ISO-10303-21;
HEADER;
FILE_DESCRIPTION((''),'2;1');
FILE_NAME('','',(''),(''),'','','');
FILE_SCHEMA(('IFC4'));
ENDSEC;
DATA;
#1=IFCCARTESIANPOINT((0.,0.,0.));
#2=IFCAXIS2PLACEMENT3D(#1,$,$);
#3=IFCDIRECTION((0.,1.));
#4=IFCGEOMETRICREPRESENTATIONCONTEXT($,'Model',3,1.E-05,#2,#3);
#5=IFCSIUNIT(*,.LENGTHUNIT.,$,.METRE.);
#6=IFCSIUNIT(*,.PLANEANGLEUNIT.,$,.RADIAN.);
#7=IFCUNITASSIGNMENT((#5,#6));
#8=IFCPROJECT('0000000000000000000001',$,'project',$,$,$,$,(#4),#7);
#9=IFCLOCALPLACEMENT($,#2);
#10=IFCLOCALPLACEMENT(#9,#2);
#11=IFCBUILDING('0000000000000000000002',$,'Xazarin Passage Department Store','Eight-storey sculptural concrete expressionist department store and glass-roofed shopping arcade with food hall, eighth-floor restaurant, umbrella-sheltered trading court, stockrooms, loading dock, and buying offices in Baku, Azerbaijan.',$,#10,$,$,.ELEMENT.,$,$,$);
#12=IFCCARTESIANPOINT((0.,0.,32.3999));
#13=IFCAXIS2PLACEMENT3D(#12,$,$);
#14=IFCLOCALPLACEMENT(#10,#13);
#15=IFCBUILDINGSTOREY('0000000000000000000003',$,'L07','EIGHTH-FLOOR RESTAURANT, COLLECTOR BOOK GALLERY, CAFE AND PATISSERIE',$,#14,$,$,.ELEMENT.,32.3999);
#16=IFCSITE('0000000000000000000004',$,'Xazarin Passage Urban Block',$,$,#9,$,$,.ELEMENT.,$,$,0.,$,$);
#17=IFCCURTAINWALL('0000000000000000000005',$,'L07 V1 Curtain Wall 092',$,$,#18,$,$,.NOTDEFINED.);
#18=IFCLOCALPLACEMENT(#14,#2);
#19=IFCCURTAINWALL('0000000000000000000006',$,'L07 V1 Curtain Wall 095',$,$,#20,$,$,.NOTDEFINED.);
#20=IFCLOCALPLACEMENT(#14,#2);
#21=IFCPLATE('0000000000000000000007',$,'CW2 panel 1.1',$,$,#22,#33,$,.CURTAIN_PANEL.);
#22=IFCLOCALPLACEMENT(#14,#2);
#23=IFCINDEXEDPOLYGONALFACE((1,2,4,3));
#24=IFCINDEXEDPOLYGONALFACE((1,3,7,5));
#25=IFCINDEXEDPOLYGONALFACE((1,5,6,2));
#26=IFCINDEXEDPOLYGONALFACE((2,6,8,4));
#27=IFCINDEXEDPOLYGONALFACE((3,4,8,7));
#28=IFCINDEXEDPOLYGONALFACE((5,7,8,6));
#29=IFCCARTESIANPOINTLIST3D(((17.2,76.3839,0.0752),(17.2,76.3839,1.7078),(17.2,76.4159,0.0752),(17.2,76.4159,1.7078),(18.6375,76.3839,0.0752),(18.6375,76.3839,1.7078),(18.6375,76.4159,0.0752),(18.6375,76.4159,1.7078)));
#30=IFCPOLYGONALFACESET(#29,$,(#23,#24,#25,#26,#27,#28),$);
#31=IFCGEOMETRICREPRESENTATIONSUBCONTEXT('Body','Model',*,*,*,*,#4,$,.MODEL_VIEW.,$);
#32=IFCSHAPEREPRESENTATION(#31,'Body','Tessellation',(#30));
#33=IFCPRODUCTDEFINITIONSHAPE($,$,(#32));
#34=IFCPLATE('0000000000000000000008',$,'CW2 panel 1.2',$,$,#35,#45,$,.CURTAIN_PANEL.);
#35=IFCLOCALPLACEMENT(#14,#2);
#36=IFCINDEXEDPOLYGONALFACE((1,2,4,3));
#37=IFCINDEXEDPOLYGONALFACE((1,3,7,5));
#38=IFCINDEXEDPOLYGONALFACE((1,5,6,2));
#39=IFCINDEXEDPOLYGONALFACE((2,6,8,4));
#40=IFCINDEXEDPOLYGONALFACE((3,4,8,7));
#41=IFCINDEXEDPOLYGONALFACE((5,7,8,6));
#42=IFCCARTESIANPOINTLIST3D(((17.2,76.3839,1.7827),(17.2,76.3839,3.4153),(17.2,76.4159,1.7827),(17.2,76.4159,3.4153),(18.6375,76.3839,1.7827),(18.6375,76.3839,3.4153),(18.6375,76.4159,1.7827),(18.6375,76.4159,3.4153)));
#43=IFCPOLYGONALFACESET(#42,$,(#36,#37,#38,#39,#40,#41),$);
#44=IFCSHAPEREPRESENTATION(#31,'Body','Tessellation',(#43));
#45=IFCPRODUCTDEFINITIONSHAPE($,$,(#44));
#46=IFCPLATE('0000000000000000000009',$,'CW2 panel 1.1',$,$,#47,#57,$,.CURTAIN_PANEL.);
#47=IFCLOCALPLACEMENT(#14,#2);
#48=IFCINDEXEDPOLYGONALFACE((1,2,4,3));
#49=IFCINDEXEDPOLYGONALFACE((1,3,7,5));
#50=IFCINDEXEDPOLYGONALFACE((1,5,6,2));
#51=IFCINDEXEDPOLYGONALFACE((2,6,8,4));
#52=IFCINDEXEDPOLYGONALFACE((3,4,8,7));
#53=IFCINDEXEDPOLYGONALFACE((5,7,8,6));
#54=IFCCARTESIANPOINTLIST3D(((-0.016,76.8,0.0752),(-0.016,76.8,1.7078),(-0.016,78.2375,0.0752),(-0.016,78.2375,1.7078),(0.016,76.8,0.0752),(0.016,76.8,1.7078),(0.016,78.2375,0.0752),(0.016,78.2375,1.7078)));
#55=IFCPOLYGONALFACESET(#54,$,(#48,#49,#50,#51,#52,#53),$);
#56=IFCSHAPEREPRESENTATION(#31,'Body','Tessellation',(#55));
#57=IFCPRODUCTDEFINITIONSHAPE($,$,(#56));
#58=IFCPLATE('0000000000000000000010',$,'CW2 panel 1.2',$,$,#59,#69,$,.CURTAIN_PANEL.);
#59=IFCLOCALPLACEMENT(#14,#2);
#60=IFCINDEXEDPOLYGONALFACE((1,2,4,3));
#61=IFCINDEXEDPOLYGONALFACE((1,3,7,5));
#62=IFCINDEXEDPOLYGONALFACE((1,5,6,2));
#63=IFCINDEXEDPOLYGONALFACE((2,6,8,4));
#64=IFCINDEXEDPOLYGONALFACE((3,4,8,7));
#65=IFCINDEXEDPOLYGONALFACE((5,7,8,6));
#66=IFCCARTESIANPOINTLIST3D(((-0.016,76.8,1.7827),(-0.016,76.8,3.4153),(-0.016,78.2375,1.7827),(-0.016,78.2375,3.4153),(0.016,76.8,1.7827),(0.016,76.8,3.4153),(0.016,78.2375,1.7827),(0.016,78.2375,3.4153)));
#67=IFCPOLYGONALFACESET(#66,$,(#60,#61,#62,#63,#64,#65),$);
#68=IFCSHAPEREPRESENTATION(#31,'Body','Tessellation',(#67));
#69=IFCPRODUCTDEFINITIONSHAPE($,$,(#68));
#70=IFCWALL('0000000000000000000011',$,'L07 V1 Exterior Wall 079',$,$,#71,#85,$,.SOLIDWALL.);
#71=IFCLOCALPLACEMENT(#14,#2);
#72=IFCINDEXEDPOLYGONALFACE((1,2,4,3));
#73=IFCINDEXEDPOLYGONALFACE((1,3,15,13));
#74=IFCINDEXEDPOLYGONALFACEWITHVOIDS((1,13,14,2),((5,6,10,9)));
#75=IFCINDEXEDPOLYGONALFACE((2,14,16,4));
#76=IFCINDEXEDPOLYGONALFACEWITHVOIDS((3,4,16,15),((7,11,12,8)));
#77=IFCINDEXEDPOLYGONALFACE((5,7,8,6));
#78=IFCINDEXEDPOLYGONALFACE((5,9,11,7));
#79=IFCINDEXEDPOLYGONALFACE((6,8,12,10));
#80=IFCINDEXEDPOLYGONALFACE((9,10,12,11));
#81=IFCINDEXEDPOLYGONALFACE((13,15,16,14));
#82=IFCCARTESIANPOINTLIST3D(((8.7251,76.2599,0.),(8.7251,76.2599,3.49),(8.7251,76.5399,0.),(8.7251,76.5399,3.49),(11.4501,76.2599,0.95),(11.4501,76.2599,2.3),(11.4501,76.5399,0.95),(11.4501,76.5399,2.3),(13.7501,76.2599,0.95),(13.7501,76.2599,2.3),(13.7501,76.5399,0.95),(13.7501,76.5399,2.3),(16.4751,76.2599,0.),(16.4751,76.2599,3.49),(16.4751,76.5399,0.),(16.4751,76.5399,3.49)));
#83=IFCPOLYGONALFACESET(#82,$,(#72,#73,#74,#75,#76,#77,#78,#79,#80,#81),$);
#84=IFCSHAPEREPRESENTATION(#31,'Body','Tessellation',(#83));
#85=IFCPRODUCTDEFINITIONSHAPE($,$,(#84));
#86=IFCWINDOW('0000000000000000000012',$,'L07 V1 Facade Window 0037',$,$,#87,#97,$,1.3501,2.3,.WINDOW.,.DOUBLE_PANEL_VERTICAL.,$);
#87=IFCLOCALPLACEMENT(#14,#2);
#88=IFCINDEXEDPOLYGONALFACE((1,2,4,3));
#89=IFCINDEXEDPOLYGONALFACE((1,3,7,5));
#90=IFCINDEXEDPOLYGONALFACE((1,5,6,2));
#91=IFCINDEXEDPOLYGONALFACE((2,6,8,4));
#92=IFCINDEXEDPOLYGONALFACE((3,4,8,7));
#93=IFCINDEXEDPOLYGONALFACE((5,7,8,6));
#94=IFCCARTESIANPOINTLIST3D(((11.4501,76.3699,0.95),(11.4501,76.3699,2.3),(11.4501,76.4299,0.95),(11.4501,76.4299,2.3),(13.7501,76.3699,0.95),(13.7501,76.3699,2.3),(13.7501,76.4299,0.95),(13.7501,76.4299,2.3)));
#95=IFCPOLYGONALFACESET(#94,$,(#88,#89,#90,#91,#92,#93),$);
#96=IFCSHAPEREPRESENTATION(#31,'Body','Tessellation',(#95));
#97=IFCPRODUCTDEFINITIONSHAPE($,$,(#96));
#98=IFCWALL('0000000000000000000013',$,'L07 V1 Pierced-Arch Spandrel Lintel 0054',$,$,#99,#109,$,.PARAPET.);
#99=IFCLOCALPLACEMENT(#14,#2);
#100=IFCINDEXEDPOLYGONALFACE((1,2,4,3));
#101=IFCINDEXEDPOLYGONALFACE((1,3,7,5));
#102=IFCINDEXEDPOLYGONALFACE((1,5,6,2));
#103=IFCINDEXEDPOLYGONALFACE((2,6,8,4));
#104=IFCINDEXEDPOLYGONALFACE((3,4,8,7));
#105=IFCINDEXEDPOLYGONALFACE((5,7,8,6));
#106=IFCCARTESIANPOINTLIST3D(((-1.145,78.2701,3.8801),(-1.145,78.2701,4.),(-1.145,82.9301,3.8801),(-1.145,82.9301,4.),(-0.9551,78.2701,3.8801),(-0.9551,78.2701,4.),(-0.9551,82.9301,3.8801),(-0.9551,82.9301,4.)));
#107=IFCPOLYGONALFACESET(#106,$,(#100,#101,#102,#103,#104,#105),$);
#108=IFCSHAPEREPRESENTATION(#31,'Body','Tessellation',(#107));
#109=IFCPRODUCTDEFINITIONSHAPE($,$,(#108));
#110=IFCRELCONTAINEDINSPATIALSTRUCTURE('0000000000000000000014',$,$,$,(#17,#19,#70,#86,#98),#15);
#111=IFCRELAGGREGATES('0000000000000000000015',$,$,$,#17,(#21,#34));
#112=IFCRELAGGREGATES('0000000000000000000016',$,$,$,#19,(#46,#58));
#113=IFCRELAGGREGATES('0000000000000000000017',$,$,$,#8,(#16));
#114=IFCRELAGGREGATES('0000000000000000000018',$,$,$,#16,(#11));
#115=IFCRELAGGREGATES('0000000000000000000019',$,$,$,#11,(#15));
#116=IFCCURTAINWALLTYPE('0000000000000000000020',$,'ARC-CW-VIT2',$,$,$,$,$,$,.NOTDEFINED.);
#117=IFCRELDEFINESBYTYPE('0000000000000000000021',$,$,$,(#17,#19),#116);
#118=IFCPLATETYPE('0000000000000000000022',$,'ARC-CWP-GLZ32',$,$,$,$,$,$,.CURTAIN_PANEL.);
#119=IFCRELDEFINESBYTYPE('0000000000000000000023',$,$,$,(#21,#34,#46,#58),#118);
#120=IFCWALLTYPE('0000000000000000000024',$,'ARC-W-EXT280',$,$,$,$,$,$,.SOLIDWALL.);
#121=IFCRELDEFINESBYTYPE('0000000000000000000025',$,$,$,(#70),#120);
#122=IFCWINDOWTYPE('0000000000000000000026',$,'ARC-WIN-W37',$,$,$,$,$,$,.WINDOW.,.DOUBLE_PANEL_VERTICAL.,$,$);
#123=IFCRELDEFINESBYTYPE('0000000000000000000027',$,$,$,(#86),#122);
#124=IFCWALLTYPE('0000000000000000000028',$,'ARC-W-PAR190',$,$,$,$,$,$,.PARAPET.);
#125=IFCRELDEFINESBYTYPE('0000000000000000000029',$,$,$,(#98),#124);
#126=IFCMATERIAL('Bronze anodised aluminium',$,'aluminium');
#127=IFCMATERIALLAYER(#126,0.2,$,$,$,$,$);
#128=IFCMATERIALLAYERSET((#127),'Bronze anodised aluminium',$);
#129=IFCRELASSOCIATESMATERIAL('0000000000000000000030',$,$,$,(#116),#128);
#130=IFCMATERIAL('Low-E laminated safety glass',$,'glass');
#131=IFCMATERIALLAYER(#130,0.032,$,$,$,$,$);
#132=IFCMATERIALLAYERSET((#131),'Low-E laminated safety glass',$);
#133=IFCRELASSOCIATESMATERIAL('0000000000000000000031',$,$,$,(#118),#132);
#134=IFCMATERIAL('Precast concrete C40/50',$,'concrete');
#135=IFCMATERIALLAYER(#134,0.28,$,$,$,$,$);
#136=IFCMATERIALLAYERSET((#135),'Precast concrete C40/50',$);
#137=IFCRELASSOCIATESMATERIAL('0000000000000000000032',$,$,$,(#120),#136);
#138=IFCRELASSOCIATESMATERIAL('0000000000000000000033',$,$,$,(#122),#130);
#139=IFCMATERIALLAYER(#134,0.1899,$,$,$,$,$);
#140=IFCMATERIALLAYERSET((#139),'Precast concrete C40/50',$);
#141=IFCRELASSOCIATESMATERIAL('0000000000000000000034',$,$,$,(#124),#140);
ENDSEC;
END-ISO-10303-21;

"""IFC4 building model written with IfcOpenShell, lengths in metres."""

from ifc_helpers import new_model, si_unit, direction, frame, frame_2d, origin, origin_2d, place, context, subcontext, project, spatial, rectangle, extrude, material, layer, layer_set, type_object, element, fill, aggregate, save


model = new_model("IFC4")

# Units and contexts
model_context = context("Model", 3, precision=1e-05, world=origin(), true_north=direction((0.0, 1.0)))
body_context = subcontext(model_context, "Body", "Model", "MODEL_VIEW")
ifc_project = project(units=[si_unit("LENGTHUNIT", "METRE"), si_unit("PLANEANGLEUNIT", "RADIAN")], contexts=[model_context])

# Site, building, storey
site_placement = place(None, origin())
site = spatial("IfcSite", under=ifc_project, at=site_placement, Name="Xazarin Passage Urban Block", CompositionType="ELEMENT", RefElevation=0.0)
building_placement = place(site_placement, origin())
building = spatial("IfcBuilding", under=site, at=building_placement, Name="Xazarin Passage Department Store", Description="Eight-storey sculptural concrete expressionist department store and glass-roofed shopping arcade with food hall, eighth-floor restaurant, umbrella-sheltered trading court, stockrooms, loading dock, and buying offices in Baku, Azerbaijan.", CompositionType="ELEMENT")
storey_placement = place(building_placement, frame((0.0, 0.0, 32.3999)))
storey = spatial("IfcBuildingStorey", under=building, at=storey_placement, Name="L07", Description="EIGHTH-FLOOR RESTAURANT, COLLECTOR BOOK GALLERY, CAFE AND PATISSERIE", CompositionType="ELEMENT", Elevation=32.3999)

# Curtain walls
ifc_material_1 = material(Name="Bronze anodised aluminium", Category="aluminium")
ifc_layer_1 = layer(ifc_material_1, 0.2)
ifc_layer_set_1 = layer_set([ifc_layer_1], Name="Bronze anodised aluminium")
curtain_wall_type = type_object("IfcCurtainWallType", Name="ARC-CW-VIT2", PredefinedType="NOTDEFINED", material=ifc_layer_set_1)
curtain_wall_1_placement = place(storey_placement, origin())
curtain_wall_1 = element("IfcCurtainWall", 1, at=curtain_wall_1_placement, inside=storey, type_object=curtain_wall_type, Name="L07 V1 Curtain Wall 092", PredefinedType="NOTDEFINED")
curtain_wall_2_placement = place(storey_placement, origin())
curtain_wall_2 = element("IfcCurtainWall", 2, at=curtain_wall_2_placement, inside=storey, type_object=curtain_wall_type, Name="L07 V1 Curtain Wall 095", PredefinedType="NOTDEFINED")

# Plates
ifc_material_2 = material(Name="Low-E laminated safety glass", Category="glass")
ifc_layer_2 = layer(ifc_material_2, 0.032)
ifc_layer_set_2 = layer_set([ifc_layer_2], Name="Low-E laminated safety glass")
plate_type = type_object("IfcPlateType", Name="ARC-CWP-GLZ32", PredefinedType="CURTAIN_PANEL", material=ifc_layer_set_2)
plate_1_placement = place(storey_placement, frame((17.9187, 76.3999, 0.0752), z_axis=(0.0, 0.0, 1.0), x_axis=(1.0, 0.0, 0.0)))
plate_1 = element("IfcPlate", 3, at=plate_1_placement, type_object=plate_type, Name="CW2 panel 1.1", PredefinedType="CURTAIN_PANEL", context=body_context, shape_type="SweptSolid", body=[
    extrude(rectangle(XDim=1.4375, YDim=0.032, at=origin_2d()), origin(), (0.0, 0.0, 1.0), 1.6326),
])
plate_2_placement = place(storey_placement, frame((17.9187, 76.3999, 1.7827), z_axis=(0.0, 0.0, 1.0), x_axis=(1.0, 0.0, 0.0)))
plate_2 = element("IfcPlate", 4, at=plate_2_placement, type_object=plate_type, Name="CW2 panel 1.2", PredefinedType="CURTAIN_PANEL", context=body_context, shape_type="SweptSolid", body=[
    extrude(rectangle(XDim=1.4375, YDim=0.032, at=origin_2d()), origin(), (0.0, 0.0, 1.0), 1.6326),
])
aggregate(curtain_wall_1, [plate_1, plate_2])
plate_3_placement = place(storey_placement, frame((0.0, 77.5188, 0.0752), z_axis=(0.0, 0.0, 1.0), x_axis=(0.0, 1.0, 0.0)))
plate_3 = element("IfcPlate", 5, at=plate_3_placement, type_object=plate_type, Name="CW2 panel 1.1", PredefinedType="CURTAIN_PANEL", context=body_context, shape_type="SweptSolid", body=[
    extrude(rectangle(XDim=1.4375, YDim=0.032, at=origin_2d()), origin(), (0.0, 0.0, 1.0), 1.6326),
])
plate_4_placement = place(storey_placement, frame((0.0, 77.5188, 1.7827), z_axis=(0.0, 0.0, 1.0), x_axis=(0.0, 1.0, 0.0)))
plate_4 = element("IfcPlate", 6, at=plate_4_placement, type_object=plate_type, Name="CW2 panel 1.2", PredefinedType="CURTAIN_PANEL", context=body_context, shape_type="SweptSolid", body=[
    extrude(rectangle(XDim=1.4375, YDim=0.032, at=origin_2d()), origin(), (0.0, 0.0, 1.0), 1.6326),
])
aggregate(curtain_wall_2, [plate_3, plate_4])

# Wall, opening, window
ifc_material_3 = material(Name="Precast concrete C40/50", Category="concrete")
ifc_layer_3 = layer(ifc_material_3, 0.28)
ifc_layer_set_3 = layer_set([ifc_layer_3], Name="Precast concrete C40/50")
wall_type_1 = type_object("IfcWallType", Name="ARC-W-EXT280", PredefinedType="SOLIDWALL", material=ifc_layer_set_3)
wall_1_placement = place(storey_placement, frame((8.7251, 76.3999, 0.0), z_axis=(0.0, 0.0, 1.0), x_axis=(1.0, 0.0, 0.0)))
wall_1 = element("IfcWall", 7, at=wall_1_placement, inside=storey, type_object=wall_type_1, Name="L07 V1 Exterior Wall 079", PredefinedType="SOLIDWALL", context=body_context, shape_type="SweptSolid", body=[
    extrude(rectangle(XDim=7.75, YDim=0.28, at=frame_2d((3.875, 0.0))), origin(), (0.0, 0.0, 1.0), 3.49),
])
opening_placement = place(wall_1_placement, frame((2.7251, 0.0, 0.95)))
opening = element("IfcOpeningElement", 8, at=opening_placement, cuts=wall_1, PredefinedType="OPENING", context=body_context, shape_type="SweptSolid", body=[
    extrude(rectangle(XDim=2.3, YDim=1.3501, at=frame_2d((1.1499, 0.675))), frame((0.0, 0.1499, 0.0), z_axis=(0.0, -1.0, 0.0), x_axis=(1.0, 0.0, 0.0)), (0.0, 0.0, 1.0), 0.3),
])
window_type = type_object("IfcWindowType", Name="ARC-WIN-W37", PartitioningType="DOUBLE_PANEL_VERTICAL", PredefinedType="WINDOW", material=ifc_material_2)
window_placement = place(opening_placement, origin())
window = element("IfcWindow", 9, at=window_placement, inside=storey, type_object=window_type, Name="L07 V1 Facade Window 0037", OverallHeight=1.3501, OverallWidth=2.3, PartitioningType="DOUBLE_PANEL_VERTICAL", PredefinedType="WINDOW", context=body_context, shape_type="SweptSolid", body=[
    extrude(rectangle(XDim=2.3, YDim=1.3501, at=frame_2d((1.1499, 0.675))), frame((0.0, 0.03, 0.0), z_axis=(0.0, -1.0, 0.0), x_axis=(1.0, 0.0, 0.0)), (0.0, 0.0, 1.0), 0.0601),
])
fill(opening, window)

# Wall
ifc_layer_4 = layer(ifc_material_3, 0.1899)
ifc_layer_set_4 = layer_set([ifc_layer_4], Name="Precast concrete C40/50")
wall_type_2 = type_object("IfcWallType", Name="ARC-W-PAR190", PredefinedType="PARAPET", material=ifc_layer_set_4)
wall_2_placement = place(storey_placement, frame((-1.05, 78.27, 3.8801), z_axis=(0.0, 0.0, 1.0), x_axis=(0.0, 1.0, 0.0)))
element("IfcWall", 10, at=wall_2_placement, inside=storey, type_object=wall_type_2, Name="L07 V1 Pierced-Arch Spandrel Lintel 0054", PredefinedType="PARAPET", context=body_context, shape_type="SweptSolid", body=[
    extrude(rectangle(XDim=4.6599, YDim=0.1899, at=frame_2d((2.3301, 0.0))), origin(), (0.0, 0.0, 1.0), 0.1199),
])

save(model, "model.ifc")
